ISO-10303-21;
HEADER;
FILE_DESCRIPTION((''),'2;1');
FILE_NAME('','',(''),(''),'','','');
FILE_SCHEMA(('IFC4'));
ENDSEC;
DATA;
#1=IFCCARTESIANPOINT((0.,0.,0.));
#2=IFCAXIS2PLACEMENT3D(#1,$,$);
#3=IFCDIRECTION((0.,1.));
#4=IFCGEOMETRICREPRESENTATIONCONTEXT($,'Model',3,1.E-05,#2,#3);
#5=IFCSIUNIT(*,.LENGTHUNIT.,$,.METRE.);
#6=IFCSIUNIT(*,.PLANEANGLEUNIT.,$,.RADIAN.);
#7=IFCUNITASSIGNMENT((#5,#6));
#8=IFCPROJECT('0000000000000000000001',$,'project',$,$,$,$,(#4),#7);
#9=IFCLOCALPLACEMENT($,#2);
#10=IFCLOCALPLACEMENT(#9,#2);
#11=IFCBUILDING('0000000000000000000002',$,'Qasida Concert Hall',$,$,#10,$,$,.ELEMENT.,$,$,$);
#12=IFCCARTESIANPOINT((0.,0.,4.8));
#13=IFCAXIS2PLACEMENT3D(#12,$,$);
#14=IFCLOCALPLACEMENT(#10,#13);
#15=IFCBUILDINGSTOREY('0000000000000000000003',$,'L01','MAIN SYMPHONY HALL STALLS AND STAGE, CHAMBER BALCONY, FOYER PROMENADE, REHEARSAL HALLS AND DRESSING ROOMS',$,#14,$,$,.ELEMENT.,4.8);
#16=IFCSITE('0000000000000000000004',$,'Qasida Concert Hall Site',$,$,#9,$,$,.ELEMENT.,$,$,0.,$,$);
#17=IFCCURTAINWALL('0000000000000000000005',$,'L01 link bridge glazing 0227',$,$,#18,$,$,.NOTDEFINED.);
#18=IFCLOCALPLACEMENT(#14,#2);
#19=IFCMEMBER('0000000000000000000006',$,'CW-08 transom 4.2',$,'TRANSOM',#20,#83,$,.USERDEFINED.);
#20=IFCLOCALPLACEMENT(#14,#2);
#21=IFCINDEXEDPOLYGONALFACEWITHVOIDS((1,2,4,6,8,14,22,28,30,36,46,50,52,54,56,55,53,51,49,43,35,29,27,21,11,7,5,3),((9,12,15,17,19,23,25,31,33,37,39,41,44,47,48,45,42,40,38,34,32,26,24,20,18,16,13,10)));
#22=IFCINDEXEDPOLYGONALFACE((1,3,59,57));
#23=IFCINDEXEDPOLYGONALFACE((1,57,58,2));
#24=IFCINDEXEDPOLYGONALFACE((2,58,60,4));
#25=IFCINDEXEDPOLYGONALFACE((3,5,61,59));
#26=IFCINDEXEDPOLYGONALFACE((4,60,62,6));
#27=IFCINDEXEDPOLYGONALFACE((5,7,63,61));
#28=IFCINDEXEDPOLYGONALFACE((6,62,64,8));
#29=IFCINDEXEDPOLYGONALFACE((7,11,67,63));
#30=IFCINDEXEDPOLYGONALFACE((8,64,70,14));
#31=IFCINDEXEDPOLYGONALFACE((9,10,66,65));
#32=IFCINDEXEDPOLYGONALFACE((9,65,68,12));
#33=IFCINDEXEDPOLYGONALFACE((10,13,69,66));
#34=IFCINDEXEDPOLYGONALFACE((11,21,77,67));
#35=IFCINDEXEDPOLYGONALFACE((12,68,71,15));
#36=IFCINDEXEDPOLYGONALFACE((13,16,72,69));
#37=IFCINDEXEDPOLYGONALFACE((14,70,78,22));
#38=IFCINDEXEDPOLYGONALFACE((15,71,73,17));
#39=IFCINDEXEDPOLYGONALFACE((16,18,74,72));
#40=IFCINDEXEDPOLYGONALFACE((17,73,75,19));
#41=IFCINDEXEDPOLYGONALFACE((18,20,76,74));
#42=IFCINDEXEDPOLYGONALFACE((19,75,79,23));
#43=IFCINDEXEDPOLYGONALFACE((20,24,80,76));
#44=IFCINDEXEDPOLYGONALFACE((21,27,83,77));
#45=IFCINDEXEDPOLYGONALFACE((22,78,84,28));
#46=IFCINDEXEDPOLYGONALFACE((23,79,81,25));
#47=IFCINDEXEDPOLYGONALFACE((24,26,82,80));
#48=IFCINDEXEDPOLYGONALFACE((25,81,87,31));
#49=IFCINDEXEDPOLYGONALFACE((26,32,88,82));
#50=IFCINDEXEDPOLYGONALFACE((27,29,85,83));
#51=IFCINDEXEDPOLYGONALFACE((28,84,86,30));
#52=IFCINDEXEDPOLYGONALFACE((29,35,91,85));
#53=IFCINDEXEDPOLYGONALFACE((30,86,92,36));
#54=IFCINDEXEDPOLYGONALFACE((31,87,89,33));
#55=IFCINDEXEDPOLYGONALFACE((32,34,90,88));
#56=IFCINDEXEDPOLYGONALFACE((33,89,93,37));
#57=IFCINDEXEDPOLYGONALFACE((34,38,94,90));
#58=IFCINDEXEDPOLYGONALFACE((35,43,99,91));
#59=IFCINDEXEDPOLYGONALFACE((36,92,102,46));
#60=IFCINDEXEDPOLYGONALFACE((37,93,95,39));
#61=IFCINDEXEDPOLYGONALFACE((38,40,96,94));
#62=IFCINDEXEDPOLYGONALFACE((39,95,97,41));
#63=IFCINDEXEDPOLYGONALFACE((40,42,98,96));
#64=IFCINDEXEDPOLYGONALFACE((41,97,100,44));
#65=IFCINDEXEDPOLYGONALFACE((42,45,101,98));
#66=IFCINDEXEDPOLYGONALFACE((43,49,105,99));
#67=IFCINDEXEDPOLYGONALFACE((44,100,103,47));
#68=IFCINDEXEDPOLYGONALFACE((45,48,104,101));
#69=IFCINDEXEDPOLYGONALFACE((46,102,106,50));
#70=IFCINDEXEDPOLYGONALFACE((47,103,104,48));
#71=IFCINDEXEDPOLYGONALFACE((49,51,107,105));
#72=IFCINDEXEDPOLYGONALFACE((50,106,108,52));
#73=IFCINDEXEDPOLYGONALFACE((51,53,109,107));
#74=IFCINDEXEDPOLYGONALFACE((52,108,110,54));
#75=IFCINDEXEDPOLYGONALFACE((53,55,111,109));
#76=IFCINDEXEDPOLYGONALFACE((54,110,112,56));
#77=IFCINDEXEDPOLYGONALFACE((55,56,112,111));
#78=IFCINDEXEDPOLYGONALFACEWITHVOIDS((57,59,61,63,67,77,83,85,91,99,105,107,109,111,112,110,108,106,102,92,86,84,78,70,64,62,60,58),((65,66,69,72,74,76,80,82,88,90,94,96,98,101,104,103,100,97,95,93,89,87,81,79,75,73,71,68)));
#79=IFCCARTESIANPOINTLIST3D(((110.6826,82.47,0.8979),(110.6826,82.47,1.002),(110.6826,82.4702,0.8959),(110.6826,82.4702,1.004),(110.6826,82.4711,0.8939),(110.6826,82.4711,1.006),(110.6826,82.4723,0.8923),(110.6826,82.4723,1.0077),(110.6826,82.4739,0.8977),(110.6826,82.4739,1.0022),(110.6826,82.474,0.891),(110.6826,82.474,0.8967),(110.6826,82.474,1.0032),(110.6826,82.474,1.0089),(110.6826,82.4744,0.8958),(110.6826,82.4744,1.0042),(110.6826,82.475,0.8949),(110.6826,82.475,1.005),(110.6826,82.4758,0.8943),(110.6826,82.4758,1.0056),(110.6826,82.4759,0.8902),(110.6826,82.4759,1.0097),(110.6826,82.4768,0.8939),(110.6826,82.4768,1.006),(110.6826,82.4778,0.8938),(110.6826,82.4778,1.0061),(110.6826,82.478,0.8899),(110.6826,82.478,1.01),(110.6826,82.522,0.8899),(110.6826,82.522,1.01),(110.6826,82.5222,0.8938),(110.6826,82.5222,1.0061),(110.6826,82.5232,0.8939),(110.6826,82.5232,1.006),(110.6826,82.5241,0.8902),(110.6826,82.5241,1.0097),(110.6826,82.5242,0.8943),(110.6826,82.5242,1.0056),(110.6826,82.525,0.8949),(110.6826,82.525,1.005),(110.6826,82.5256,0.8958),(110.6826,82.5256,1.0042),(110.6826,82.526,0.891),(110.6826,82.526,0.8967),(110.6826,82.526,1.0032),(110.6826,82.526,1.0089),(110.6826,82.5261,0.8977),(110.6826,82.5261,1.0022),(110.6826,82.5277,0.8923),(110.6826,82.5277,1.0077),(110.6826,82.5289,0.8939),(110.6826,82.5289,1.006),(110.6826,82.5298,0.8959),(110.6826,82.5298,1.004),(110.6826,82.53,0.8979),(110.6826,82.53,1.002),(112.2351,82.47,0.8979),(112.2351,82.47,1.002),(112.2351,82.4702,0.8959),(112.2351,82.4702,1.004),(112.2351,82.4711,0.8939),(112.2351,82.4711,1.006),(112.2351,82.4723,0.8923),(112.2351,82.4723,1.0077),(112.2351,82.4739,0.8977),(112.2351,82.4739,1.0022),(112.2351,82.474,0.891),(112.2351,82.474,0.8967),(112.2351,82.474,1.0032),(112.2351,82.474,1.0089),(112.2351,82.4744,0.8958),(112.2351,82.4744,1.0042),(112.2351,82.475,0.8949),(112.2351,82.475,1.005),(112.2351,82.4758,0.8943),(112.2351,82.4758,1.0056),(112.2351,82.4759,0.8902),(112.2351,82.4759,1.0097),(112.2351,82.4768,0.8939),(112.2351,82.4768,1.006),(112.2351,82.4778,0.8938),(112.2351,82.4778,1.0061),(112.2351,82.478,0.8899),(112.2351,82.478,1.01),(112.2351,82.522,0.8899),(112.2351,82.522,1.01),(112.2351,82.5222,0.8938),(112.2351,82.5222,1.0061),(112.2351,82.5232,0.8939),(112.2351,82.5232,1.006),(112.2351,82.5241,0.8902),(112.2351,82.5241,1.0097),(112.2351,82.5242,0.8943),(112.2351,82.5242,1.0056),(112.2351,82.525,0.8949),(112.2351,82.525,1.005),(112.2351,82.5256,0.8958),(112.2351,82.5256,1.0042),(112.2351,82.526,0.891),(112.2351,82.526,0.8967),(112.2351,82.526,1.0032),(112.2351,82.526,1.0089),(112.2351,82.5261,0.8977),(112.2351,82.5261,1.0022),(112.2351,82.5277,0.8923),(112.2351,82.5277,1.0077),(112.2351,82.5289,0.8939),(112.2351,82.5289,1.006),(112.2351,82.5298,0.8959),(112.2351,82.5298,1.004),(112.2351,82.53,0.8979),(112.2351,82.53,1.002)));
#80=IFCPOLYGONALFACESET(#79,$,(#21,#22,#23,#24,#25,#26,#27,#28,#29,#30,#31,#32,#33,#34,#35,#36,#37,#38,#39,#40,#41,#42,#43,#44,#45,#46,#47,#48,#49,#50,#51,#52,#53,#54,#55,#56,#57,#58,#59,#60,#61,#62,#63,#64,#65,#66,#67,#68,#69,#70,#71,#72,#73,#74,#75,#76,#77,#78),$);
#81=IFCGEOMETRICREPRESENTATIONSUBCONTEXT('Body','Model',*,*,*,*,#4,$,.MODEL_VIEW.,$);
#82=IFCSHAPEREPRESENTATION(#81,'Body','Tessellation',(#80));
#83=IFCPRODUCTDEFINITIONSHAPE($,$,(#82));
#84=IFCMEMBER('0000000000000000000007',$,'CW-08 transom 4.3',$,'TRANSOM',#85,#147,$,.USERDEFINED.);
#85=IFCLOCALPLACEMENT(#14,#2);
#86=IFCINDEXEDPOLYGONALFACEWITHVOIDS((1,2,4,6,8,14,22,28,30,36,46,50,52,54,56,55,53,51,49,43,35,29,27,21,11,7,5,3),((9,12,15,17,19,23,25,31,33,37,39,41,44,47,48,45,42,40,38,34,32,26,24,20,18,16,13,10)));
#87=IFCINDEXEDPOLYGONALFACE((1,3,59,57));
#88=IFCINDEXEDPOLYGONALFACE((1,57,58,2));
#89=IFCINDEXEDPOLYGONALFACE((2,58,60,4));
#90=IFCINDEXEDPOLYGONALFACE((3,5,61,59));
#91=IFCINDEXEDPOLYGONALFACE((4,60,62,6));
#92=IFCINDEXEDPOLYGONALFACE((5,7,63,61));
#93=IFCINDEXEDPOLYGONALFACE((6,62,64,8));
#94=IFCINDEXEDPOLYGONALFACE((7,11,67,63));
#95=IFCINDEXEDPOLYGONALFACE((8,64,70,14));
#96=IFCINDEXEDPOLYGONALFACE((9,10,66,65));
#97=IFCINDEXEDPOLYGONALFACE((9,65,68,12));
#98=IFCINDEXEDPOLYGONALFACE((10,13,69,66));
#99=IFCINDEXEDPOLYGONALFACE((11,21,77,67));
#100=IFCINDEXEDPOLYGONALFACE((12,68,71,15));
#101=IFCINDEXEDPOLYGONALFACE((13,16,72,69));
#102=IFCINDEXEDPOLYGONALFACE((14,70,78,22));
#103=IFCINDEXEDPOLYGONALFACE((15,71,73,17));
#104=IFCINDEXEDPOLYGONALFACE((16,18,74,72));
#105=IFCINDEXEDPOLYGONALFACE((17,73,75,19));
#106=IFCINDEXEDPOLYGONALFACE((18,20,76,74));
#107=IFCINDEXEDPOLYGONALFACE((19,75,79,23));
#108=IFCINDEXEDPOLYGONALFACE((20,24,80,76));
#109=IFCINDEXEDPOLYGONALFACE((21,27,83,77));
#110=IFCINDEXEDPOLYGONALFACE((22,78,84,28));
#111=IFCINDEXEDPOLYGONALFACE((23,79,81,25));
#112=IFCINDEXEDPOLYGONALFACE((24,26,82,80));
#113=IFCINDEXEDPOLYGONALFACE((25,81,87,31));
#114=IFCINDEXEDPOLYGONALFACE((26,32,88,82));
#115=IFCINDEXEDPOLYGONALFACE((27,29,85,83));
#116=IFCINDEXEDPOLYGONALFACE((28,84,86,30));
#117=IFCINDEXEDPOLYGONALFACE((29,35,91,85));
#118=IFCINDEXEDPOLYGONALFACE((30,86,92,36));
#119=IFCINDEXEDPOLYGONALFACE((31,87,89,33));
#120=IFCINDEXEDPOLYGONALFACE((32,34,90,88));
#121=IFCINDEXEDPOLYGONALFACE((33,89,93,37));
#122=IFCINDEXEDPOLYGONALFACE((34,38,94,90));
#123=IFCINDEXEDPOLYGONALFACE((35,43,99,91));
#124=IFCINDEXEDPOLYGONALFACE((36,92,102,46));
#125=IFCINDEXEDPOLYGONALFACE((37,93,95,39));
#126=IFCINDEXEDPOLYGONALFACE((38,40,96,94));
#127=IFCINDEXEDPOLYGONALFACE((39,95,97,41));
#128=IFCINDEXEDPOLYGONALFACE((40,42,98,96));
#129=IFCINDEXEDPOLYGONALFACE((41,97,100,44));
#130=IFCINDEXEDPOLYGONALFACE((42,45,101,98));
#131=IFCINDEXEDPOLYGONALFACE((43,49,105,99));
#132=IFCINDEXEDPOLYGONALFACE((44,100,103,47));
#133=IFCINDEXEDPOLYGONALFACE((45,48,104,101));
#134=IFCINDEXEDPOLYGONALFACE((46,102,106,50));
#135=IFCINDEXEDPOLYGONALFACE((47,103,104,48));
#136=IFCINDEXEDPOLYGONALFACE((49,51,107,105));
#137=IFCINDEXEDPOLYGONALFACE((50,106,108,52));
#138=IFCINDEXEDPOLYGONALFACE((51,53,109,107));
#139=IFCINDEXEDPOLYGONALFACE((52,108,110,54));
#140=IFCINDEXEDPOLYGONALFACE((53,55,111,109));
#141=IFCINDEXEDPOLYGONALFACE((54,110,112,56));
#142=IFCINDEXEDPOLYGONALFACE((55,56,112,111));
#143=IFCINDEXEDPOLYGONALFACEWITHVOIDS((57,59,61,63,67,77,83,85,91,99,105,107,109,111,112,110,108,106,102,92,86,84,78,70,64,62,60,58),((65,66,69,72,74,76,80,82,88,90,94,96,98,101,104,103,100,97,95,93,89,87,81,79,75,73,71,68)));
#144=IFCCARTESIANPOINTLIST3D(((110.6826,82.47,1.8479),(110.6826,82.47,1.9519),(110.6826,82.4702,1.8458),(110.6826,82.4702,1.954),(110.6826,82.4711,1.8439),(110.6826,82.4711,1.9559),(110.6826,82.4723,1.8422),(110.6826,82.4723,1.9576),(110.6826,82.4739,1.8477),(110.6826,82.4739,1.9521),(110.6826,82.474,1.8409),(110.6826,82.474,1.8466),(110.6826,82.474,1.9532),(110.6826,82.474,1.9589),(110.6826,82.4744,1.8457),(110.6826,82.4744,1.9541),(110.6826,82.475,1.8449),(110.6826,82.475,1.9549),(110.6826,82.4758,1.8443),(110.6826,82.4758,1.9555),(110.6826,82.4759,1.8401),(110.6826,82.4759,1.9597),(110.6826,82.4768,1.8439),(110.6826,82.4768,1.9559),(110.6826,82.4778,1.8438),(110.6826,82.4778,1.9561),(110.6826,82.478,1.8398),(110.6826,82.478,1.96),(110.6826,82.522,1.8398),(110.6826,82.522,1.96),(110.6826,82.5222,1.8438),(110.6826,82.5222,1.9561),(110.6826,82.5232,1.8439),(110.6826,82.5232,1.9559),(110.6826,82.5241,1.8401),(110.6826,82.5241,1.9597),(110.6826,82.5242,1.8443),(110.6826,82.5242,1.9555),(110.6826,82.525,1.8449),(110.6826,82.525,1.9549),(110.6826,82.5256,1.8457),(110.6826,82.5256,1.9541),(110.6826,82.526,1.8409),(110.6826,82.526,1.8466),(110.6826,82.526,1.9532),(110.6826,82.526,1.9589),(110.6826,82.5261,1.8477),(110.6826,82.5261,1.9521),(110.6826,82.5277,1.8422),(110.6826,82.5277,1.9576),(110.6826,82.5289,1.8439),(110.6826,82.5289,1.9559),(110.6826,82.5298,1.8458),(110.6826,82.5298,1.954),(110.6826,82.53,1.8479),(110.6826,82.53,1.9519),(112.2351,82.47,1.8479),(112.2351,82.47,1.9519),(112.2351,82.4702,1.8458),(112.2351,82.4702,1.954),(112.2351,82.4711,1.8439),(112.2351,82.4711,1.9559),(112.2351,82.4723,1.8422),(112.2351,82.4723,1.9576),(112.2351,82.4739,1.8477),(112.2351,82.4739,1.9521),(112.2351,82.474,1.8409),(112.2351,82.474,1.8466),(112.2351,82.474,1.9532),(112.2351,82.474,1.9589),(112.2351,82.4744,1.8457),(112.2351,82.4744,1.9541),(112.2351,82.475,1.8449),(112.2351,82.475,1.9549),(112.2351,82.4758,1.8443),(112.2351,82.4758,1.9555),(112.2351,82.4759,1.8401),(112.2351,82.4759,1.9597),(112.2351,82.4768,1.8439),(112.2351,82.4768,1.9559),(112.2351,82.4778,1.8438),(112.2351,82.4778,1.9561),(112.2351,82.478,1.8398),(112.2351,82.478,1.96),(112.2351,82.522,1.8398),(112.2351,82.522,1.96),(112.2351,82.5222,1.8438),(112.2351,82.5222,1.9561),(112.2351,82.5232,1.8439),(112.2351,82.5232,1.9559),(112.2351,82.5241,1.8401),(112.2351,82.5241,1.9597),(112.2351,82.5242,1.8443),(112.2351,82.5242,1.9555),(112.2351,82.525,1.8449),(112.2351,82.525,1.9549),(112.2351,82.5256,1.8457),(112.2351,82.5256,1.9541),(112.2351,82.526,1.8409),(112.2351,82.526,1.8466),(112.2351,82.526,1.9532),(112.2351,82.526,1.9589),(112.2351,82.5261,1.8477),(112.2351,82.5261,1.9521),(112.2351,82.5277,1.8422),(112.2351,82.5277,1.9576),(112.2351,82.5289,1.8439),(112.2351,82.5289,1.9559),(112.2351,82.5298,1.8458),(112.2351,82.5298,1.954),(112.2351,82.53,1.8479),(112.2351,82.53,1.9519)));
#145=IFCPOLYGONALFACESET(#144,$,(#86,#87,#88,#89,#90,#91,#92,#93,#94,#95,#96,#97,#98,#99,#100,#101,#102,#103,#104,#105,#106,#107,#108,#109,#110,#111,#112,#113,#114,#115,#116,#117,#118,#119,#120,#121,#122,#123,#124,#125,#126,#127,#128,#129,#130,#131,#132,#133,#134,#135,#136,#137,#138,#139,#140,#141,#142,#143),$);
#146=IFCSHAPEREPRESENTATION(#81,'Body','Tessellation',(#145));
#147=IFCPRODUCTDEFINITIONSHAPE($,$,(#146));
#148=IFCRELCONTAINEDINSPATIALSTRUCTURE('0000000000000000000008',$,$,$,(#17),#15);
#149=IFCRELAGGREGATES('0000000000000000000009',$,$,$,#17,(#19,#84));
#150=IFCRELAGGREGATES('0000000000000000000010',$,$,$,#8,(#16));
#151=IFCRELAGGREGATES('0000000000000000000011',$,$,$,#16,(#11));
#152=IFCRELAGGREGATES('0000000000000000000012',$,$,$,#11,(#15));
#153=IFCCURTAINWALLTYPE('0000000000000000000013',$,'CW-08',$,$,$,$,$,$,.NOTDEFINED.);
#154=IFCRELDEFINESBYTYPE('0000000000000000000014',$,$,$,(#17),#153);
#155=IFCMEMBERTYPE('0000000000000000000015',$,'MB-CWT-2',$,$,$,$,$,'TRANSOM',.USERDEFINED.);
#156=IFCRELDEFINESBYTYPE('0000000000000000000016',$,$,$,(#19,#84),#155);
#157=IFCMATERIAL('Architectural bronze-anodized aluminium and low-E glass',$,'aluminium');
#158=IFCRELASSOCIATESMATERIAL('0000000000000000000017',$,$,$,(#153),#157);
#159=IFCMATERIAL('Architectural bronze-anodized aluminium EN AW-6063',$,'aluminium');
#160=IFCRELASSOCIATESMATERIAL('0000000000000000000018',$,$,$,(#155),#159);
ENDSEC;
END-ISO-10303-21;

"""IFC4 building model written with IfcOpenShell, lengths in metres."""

from ifc_helpers import new_model, si_unit, direction, frame, origin, origin_2d, place, context, subcontext, project, spatial, hollow_rectangle, extrude, material, material_profile, profile_set, type_object, element, aggregate, save


model = new_model("IFC4")

# Units and contexts
model_context = context("Model", 3, precision=1e-05, world=origin(), true_north=direction((0.0, 1.0)))
body_context = subcontext(model_context, "Body", "Model", "MODEL_VIEW")
ifc_project = project(units=[si_unit("LENGTHUNIT", "METRE"), si_unit("PLANEANGLEUNIT", "RADIAN")], contexts=[model_context])

# Site, building, storey
site_placement = place(None, origin())
site = spatial("IfcSite", under=ifc_project, at=site_placement, Name="Qasida Concert Hall Site", CompositionType="ELEMENT", RefElevation=0.0)
building_placement = place(site_placement, origin())
building = spatial("IfcBuilding", under=site, at=building_placement, Name="Qasida Concert Hall", CompositionType="ELEMENT")
storey_placement = place(building_placement, frame((0.0, 0.0, 4.8)))
storey = spatial("IfcBuildingStorey", under=building, at=storey_placement, Name="L01", Description="MAIN SYMPHONY HALL STALLS AND STAGE, CHAMBER BALCONY, FOYER PROMENADE, REHEARSAL HALLS AND DRESSING ROOMS", CompositionType="ELEMENT", Elevation=4.8)

# Curtain wall
ifc_material_1 = material(Name="Architectural bronze-anodized aluminium and low-E glass", Category="aluminium")
curtain_wall_type = type_object("IfcCurtainWallType", Name="CW-08", PredefinedType="NOTDEFINED", material=ifc_material_1)
curtain_wall_1_placement = place(storey_placement, origin())
curtain_wall_1 = element("IfcCurtainWall", 1, at=curtain_wall_1_placement, inside=storey, type_object=curtain_wall_type, Name="L01 link bridge glazing 0227", PredefinedType="NOTDEFINED")
ifc_material_2 = material(Name="Architectural bronze-anodized aluminium EN AW-6063", Category="aluminium")

# Members
ifc_material_profile_1 = material_profile(ifc_material_2, hollow_rectangle(XDim=0.0601, YDim=0.1201, WallThickness=0.0039, InnerFilletRadius=0.0039, OuterFilletRadius=0.0081, at=origin_2d()), Name="CWT 120x60x4")
ifc_profile_set_1 = profile_set([ifc_material_profile_1], Name="Architectural bronze-anodized aluminium EN AW-6063")
member_type_1 = type_object("IfcMemberType", Name="MB-CWT-2", ElementType="TRANSOM", PredefinedType="USERDEFINED", material=ifc_profile_set_1)
member_1_placement = place(storey_placement, frame((110.6826, 82.5, 0.95), z_axis=(1.0, 0.0, 0.0), x_axis=(0.0, 1.0, 0.0)))
member_1 = element("IfcMember", 2, at=member_1_placement, type_object=member_type_1, Name="CW-08 transom 4.2", ObjectType="TRANSOM", PredefinedType="USERDEFINED", context=body_context, shape_type="SweptSolid", body=[
    extrude(hollow_rectangle(XDim=0.0601, YDim=0.1201, WallThickness=0.0039, InnerFilletRadius=0.0039, OuterFilletRadius=0.0081, at=origin_2d()), origin(), (0.0, 0.0, 1.0), 1.5525),
])
member_2_placement = place(storey_placement, frame((110.6826, 82.5, 1.8999), z_axis=(1.0, 0.0, 0.0), x_axis=(0.0, 1.0, 0.0)))
member_2 = element("IfcMember", 3, at=member_2_placement, type_object=member_type_1, Name="CW-08 transom 4.3", ObjectType="TRANSOM", PredefinedType="USERDEFINED", context=body_context, shape_type="SweptSolid", body=[
    extrude(hollow_rectangle(XDim=0.0601, YDim=0.1201, WallThickness=0.0039, InnerFilletRadius=0.0039, OuterFilletRadius=0.0081, at=origin_2d()), origin(), (0.0, 0.0, 1.0), 1.5525),
])

aggregate(curtain_wall_1, [member_1, member_2])

save(model, "model.ifc")
